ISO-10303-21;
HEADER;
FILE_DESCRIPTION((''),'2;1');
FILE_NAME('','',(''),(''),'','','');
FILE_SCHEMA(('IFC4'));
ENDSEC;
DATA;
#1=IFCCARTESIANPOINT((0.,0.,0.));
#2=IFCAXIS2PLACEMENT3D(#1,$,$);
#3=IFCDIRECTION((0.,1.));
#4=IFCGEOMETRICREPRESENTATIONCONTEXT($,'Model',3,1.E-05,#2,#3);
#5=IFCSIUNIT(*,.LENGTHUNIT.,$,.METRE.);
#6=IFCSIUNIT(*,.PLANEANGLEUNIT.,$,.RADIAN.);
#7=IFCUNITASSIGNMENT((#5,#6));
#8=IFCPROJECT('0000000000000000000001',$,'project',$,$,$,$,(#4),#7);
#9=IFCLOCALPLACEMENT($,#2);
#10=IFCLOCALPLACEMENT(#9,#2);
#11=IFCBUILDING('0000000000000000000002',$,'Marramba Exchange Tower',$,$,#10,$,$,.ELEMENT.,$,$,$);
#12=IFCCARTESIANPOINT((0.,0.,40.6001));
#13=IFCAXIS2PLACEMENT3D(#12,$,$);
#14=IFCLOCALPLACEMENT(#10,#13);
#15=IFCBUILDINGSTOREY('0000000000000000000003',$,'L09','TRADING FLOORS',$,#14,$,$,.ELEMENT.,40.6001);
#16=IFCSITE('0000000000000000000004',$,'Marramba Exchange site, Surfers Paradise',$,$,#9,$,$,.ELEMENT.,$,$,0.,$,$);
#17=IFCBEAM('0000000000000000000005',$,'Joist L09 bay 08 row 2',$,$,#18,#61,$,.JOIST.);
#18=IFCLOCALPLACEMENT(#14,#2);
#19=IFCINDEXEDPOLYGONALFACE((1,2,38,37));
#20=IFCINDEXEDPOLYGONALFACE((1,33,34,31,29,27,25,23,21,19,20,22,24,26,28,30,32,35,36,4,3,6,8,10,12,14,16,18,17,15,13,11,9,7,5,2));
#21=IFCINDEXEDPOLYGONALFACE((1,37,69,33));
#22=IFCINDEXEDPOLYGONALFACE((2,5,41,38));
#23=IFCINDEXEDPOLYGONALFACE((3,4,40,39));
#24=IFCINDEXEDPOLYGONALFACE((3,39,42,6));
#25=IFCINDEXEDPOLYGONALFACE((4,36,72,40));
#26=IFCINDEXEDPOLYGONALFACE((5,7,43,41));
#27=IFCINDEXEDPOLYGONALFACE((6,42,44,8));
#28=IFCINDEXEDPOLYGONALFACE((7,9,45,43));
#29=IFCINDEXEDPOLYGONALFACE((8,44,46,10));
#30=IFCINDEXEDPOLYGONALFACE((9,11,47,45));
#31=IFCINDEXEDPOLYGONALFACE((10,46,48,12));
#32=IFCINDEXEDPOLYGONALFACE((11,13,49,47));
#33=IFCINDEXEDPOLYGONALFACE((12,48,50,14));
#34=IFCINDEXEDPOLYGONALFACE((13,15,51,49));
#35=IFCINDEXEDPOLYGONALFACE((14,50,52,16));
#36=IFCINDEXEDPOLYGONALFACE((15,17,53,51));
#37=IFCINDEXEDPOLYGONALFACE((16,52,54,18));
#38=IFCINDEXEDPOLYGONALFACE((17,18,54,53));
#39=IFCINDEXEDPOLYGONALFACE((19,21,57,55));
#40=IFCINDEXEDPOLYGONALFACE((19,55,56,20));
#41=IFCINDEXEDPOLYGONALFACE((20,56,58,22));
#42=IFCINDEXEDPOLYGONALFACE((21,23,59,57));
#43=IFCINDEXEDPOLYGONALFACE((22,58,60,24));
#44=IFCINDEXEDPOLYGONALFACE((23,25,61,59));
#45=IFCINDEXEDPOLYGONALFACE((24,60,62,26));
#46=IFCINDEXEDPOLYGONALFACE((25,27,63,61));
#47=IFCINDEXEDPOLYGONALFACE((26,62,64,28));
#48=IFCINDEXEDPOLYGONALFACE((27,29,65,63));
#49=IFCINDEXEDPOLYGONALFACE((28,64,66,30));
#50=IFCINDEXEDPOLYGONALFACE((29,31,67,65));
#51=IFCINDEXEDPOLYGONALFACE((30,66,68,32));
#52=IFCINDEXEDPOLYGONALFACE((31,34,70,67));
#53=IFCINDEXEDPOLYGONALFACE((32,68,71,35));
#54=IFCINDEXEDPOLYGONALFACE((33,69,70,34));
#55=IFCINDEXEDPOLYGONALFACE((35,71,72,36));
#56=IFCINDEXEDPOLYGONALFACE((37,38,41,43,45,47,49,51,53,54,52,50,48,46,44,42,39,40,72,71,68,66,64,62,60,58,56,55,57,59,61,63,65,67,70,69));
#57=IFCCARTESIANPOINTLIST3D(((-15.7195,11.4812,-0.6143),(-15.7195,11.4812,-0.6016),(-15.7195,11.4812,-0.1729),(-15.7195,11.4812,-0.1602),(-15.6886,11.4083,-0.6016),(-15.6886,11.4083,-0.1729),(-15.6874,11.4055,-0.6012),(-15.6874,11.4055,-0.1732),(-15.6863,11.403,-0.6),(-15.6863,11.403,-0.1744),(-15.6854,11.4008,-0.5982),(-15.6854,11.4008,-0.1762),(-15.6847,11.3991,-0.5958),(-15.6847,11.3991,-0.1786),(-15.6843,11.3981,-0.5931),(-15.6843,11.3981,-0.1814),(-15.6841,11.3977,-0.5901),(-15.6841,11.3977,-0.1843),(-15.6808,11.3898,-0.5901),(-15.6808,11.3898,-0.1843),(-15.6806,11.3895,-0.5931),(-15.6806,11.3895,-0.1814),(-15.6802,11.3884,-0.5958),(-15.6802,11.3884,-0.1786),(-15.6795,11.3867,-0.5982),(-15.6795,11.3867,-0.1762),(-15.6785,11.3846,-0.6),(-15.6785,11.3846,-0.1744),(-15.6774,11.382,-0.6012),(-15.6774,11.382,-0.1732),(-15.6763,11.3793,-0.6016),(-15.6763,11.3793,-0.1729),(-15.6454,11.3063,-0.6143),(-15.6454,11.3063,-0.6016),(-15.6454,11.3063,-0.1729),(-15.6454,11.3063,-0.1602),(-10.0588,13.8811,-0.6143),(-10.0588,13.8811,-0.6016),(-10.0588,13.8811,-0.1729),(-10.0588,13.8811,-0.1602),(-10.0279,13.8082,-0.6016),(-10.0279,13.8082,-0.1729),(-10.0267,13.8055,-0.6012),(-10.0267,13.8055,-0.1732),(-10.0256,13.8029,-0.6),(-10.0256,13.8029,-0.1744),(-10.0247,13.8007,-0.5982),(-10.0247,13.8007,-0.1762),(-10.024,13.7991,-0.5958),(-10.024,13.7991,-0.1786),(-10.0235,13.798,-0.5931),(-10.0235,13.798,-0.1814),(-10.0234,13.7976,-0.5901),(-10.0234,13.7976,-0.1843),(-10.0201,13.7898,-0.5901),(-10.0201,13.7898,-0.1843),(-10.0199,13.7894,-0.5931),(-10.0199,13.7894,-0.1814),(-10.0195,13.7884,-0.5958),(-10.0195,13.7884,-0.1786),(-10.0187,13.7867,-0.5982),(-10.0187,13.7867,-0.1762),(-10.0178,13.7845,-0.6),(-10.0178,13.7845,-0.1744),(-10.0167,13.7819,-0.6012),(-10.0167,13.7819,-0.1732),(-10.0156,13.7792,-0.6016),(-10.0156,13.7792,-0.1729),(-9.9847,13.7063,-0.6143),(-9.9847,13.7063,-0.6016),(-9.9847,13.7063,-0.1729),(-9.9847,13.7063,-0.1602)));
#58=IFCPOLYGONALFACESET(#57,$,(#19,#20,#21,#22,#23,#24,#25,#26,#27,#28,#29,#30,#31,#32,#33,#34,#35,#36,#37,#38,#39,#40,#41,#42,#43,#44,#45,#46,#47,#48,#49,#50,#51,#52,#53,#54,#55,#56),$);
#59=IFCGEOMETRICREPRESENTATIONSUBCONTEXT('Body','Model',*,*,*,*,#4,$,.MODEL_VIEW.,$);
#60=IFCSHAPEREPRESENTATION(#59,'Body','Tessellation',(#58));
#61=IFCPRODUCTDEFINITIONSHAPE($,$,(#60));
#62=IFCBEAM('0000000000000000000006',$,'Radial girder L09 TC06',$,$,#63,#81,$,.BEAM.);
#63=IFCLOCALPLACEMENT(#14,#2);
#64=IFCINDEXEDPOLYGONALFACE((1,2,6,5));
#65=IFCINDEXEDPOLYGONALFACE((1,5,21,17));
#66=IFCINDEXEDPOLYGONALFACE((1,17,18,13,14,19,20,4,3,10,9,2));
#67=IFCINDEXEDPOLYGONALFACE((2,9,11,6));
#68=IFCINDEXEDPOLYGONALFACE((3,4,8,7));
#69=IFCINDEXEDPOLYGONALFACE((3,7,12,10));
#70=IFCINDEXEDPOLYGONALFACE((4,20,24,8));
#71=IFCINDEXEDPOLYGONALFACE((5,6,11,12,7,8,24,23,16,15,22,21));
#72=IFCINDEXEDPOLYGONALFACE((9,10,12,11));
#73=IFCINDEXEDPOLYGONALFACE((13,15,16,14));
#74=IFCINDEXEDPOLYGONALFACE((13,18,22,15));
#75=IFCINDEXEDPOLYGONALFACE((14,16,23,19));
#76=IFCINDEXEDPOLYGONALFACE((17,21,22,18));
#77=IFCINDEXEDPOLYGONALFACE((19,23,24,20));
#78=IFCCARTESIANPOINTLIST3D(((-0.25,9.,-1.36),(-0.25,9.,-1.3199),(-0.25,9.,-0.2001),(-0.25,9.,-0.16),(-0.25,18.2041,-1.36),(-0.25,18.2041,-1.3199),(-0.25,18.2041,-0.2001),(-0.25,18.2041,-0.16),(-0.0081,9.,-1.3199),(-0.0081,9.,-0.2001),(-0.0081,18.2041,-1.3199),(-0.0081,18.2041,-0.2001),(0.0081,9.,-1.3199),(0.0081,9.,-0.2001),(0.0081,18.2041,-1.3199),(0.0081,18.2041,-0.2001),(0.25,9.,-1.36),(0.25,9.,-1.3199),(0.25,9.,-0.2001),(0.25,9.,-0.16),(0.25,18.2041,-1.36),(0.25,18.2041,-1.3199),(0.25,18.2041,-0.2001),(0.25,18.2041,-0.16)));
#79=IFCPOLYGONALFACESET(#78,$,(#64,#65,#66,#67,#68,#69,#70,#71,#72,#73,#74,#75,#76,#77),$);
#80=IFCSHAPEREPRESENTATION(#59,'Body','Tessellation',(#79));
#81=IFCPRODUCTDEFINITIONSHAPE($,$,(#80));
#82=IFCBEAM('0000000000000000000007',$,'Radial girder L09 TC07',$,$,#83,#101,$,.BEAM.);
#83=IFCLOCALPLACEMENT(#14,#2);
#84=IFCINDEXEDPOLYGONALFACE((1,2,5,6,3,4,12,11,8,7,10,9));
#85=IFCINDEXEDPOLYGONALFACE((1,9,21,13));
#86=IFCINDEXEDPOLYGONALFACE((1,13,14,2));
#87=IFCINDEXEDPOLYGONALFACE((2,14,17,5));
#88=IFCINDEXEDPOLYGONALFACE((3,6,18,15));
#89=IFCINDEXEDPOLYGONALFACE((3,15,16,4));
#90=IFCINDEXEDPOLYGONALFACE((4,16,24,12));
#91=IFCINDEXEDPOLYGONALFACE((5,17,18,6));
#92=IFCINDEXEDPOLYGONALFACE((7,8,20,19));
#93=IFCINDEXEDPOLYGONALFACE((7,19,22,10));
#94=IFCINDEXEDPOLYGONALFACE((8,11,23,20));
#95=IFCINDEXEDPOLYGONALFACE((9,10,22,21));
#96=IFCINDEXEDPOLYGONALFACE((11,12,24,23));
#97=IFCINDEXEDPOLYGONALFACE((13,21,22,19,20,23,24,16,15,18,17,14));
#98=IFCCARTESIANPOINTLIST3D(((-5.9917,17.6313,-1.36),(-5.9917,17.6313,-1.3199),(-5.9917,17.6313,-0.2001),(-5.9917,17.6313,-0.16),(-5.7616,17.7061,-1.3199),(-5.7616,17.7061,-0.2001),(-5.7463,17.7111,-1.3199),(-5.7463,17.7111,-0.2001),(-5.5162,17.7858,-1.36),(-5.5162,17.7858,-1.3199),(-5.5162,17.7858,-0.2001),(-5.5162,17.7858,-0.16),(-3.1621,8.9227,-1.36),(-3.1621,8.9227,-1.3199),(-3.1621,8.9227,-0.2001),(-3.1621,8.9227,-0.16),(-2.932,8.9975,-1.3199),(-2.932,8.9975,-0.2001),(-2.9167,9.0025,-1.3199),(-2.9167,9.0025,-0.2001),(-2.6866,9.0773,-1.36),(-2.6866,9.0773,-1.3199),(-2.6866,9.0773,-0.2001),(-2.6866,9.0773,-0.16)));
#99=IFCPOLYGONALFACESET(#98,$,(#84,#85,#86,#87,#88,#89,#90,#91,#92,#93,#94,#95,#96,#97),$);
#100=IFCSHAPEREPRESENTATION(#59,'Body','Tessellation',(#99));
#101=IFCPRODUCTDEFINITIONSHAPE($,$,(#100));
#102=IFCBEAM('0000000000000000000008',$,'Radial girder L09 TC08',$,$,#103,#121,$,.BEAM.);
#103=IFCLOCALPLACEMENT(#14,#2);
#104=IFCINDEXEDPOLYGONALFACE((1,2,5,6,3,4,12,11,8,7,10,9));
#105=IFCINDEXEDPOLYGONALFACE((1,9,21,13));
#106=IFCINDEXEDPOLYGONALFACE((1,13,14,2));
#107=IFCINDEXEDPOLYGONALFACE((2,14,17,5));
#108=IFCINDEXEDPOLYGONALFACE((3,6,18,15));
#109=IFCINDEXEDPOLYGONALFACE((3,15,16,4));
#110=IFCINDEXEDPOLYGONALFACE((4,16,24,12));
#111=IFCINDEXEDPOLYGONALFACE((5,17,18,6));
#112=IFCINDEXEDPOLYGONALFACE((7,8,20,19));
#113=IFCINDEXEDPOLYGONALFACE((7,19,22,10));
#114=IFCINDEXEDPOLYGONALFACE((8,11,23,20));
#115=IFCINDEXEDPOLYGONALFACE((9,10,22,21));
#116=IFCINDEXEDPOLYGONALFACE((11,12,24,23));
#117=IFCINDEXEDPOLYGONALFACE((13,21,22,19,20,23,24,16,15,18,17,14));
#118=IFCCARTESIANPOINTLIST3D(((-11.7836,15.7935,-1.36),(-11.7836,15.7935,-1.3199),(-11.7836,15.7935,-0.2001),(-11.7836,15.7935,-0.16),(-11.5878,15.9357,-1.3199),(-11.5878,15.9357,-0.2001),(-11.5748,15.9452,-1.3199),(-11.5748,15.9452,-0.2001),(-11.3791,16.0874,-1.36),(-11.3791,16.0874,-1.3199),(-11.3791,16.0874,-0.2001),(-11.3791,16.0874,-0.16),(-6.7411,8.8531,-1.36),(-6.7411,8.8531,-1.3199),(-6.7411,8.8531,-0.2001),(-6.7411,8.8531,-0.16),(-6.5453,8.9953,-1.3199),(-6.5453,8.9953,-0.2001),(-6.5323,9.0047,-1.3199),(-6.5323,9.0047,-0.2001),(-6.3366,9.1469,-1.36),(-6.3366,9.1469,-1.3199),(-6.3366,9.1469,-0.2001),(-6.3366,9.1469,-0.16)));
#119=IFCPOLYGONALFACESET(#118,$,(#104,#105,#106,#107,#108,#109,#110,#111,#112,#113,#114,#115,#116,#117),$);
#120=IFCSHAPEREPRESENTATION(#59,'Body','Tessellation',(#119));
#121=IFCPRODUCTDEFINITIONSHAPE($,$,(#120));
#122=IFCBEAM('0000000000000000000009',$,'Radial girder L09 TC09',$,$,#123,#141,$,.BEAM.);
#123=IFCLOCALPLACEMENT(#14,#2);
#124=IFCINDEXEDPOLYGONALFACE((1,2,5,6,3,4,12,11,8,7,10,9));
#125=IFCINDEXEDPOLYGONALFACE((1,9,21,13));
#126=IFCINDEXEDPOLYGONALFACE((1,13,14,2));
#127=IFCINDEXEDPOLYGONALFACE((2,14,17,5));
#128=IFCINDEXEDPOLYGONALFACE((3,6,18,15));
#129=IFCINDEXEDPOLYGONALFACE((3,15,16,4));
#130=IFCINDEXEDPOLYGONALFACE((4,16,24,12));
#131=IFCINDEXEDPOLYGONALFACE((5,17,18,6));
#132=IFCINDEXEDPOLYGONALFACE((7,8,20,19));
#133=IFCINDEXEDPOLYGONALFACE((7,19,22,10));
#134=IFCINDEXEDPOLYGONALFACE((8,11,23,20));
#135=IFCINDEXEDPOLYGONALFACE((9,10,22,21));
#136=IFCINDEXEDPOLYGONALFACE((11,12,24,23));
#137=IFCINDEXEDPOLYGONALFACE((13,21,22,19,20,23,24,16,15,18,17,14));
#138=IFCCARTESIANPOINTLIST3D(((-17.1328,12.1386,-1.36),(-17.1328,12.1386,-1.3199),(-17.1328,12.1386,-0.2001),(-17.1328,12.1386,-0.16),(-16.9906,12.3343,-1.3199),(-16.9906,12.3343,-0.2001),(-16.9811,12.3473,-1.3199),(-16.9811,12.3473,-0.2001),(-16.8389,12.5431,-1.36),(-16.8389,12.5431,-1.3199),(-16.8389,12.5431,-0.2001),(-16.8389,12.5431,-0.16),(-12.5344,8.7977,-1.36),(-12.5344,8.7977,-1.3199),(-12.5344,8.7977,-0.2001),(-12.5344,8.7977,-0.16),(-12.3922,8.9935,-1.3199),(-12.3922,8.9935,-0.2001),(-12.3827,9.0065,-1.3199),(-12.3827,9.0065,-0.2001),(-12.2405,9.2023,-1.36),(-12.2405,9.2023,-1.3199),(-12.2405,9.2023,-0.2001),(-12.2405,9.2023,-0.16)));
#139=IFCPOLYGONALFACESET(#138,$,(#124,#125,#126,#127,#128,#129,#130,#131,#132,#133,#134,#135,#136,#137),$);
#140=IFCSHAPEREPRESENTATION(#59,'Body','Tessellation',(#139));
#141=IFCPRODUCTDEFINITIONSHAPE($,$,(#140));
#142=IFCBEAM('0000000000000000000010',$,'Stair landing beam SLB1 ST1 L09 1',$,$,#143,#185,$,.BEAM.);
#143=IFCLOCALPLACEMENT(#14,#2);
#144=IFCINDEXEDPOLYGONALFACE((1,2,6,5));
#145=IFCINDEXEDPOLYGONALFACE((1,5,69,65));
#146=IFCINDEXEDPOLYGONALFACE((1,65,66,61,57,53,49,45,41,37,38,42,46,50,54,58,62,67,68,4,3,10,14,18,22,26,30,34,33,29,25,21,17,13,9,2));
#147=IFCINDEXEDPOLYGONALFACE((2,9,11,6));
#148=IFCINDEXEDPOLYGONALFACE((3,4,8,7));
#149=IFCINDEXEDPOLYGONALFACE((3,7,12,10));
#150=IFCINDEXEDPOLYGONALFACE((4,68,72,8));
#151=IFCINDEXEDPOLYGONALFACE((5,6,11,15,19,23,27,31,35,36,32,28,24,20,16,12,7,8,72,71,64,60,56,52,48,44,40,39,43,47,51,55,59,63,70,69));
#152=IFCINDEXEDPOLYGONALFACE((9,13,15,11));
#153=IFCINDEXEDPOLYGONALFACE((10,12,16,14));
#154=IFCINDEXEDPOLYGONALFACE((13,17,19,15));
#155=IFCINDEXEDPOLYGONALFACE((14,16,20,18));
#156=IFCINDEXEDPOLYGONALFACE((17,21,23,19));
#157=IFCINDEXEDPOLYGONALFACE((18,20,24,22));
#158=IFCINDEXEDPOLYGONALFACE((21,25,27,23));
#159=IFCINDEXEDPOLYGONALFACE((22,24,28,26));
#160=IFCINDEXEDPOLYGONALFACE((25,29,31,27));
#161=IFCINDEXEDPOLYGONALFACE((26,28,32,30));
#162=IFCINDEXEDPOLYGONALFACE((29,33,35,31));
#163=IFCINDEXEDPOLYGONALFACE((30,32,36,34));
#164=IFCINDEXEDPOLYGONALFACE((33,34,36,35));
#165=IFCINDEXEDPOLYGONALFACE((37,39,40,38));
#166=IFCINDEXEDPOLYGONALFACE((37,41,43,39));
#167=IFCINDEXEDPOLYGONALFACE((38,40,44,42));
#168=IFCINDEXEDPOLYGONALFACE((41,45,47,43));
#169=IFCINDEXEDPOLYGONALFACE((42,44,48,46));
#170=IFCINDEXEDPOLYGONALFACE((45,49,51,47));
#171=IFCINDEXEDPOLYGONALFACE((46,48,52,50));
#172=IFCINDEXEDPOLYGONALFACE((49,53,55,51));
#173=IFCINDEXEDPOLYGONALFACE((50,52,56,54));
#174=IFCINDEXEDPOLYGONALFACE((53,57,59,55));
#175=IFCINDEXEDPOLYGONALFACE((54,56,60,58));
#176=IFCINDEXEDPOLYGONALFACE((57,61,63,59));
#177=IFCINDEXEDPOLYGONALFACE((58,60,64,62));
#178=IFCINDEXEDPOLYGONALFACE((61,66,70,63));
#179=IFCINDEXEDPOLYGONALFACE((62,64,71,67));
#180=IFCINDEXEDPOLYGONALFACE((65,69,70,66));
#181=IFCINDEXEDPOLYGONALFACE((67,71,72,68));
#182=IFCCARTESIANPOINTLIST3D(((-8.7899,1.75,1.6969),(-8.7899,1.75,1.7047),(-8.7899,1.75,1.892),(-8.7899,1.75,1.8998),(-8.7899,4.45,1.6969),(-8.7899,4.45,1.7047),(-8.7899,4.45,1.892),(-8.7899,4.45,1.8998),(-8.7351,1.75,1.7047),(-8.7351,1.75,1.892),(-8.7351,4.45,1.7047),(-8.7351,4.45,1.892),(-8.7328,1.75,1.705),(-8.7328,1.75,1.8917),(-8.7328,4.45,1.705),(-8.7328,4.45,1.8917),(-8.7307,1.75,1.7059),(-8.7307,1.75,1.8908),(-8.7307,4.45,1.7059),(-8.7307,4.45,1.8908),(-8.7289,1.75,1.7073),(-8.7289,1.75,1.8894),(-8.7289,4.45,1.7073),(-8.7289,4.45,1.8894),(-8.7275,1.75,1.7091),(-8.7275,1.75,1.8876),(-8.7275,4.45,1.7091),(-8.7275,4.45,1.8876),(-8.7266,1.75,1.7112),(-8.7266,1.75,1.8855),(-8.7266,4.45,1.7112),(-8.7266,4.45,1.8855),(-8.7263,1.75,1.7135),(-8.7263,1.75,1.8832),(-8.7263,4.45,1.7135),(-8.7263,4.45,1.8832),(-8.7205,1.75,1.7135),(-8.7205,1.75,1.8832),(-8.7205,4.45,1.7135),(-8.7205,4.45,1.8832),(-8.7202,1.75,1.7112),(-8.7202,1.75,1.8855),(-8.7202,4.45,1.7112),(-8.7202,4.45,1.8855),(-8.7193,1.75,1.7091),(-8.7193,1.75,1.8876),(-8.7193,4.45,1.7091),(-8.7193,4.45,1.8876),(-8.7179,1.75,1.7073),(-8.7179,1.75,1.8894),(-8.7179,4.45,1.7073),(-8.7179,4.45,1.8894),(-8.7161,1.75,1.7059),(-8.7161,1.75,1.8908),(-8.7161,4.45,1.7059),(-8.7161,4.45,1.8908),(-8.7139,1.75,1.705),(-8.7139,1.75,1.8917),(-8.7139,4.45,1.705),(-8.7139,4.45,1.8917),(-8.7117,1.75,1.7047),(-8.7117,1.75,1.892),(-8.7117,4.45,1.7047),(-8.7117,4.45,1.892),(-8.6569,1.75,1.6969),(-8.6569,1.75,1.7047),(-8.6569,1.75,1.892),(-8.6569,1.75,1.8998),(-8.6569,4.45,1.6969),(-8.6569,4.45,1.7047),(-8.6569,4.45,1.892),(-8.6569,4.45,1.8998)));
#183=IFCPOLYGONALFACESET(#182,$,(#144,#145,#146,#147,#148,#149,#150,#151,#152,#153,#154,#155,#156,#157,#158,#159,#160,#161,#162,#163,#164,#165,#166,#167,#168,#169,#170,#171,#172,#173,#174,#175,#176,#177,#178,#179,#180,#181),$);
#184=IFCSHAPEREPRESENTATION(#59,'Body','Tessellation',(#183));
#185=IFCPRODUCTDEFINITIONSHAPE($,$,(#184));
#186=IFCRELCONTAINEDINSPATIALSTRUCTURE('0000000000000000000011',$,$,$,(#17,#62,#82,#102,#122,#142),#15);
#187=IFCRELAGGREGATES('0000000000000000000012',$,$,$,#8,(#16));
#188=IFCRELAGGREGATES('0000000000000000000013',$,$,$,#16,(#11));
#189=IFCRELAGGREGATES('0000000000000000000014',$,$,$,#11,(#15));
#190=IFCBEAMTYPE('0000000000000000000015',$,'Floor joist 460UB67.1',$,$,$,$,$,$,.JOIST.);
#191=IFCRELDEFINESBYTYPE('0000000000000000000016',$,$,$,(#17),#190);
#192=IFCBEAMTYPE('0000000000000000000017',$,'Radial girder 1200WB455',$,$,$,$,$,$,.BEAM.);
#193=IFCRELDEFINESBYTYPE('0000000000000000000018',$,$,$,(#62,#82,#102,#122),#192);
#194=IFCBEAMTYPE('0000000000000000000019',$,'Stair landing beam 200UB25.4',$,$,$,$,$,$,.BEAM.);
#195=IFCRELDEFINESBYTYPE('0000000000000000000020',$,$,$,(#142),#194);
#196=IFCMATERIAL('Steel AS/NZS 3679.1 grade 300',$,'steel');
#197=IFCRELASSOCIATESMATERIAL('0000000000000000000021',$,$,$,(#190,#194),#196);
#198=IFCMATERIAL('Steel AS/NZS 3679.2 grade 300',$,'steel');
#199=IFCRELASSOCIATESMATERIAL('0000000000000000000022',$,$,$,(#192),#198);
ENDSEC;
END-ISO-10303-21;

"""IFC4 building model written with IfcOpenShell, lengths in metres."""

from ifc_helpers import new_model, si_unit, direction, frame, origin, origin_2d, place, context, subcontext, project, spatial, i_section, extrude, material, material_profile, profile_set, type_object, element, save


model = new_model("IFC4")

# Units and contexts
model_context = context("Model", 3, precision=1e-05, world=origin(), true_north=direction((0.0, 1.0)))
body_context = subcontext(model_context, "Body", "Model", "MODEL_VIEW")
ifc_project = project(units=[si_unit("LENGTHUNIT", "METRE"), si_unit("PLANEANGLEUNIT", "RADIAN")], contexts=[model_context])

# Site, building, storey
site_placement = place(None, origin())
site = spatial("IfcSite", under=ifc_project, at=site_placement, Name="Marramba Exchange site, Surfers Paradise", CompositionType="ELEMENT", RefElevation=0.0)
building_placement = place(site_placement, origin())
building = spatial("IfcBuilding", under=site, at=building_placement, Name="Marramba Exchange Tower", CompositionType="ELEMENT")
storey_placement = place(building_placement, frame((0.0, 0.0, 40.6001)))
storey = spatial("IfcBuildingStorey", under=building, at=storey_placement, Name="L09", Description="TRADING FLOORS", CompositionType="ELEMENT", Elevation=40.6001)

# Beams
ifc_material_1 = material(Name="Steel AS/NZS 3679.1 grade 300", Category="steel")
ifc_material_profile_1 = material_profile(ifc_material_1, i_section(OverallWidth=0.1899, OverallDepth=0.4541, WebThickness=0.0085, FlangeThickness=0.0127, FilletRadius=0.0115, at=origin_2d()), Name="460UB67.1")
ifc_profile_set_1 = profile_set([ifc_material_profile_1], Name="Steel AS/NZS 3679.1 grade 300")
beam_type_1 = type_object("IfcBeamType", Name="Floor joist 460UB67.1", PredefinedType="JOIST", material=ifc_profile_set_1)
beam_1_placement = place(storey_placement, frame((-10.0217, 13.7937, -0.3872), z_axis=(-0.920674, -0.390332, 0.0), x_axis=(0.390332, -0.920674, 0.0)))
element("IfcBeam", 1, at=beam_1_placement, inside=storey, type_object=beam_type_1, Name="Joist L09 bay 08 row 2", PredefinedType="JOIST", context=body_context, shape_type="SweptSolid", body=[
    extrude(i_section(OverallWidth=0.1899, OverallDepth=0.4541, WebThickness=0.0085, FlangeThickness=0.0127, FilletRadius=0.0115, at=origin_2d()), origin(), (0.0, 0.0, 1.0), 6.1484),
])
ifc_material_2 = material(Name="Steel AS/NZS 3679.2 grade 300", Category="steel")
ifc_material_profile_2 = material_profile(ifc_material_2, i_section(OverallWidth=0.5, OverallDepth=1.2, WebThickness=0.0161, FlangeThickness=0.04, at=origin_2d()), Name="1200WB455")
ifc_profile_set_2 = profile_set([ifc_material_profile_2], Name="Steel AS/NZS 3679.2 grade 300")
beam_type_2 = type_object("IfcBeamType", Name="Radial girder 1200WB455", PredefinedType="BEAM", material=ifc_profile_set_2)
beam_2_placement = place(storey_placement, frame((0.0, 9.0, -0.76), z_axis=(0.0, 1.0, 0.0), x_axis=(-1.0, 0.0, 0.0)))
element("IfcBeam", 2, at=beam_2_placement, inside=storey, type_object=beam_type_2, Name="Radial girder L09 TC06", PredefinedType="BEAM", context=body_context, shape_type="SweptSolid", body=[
    extrude(i_section(OverallWidth=0.5, OverallDepth=1.2, WebThickness=0.0161, FlangeThickness=0.04, at=origin_2d()), origin(), (0.0, 0.0, 1.0), 9.2041),
])
beam_3_placement = place(storey_placement, frame((-2.9243, 9.0, -0.76), z_axis=(-0.30902, 0.951056, 0.0), x_axis=(-0.951056, -0.30902, 0.0)))
element("IfcBeam", 3, at=beam_3_placement, inside=storey, type_object=beam_type_2, Name="Radial girder L09 TC07", PredefinedType="BEAM", context=body_context, shape_type="SweptSolid", body=[
    extrude(i_section(OverallWidth=0.5, OverallDepth=1.2, WebThickness=0.0161, FlangeThickness=0.04, at=origin_2d()), origin(), (0.0, 0.0, 1.0), 9.1567),
])
beam_4_placement = place(storey_placement, frame((-6.5388, 9.0, -0.76), z_axis=(-0.587782, 0.809019, 0.0), x_axis=(-0.809019, -0.587782, 0.0)))
element("IfcBeam", 4, at=beam_4_placement, inside=storey, type_object=beam_type_2, Name="Radial girder L09 TC08", PredefinedType="BEAM", context=body_context, shape_type="SweptSolid", body=[
    extrude(i_section(OverallWidth=0.5, OverallDepth=1.2, WebThickness=0.0161, FlangeThickness=0.04, at=origin_2d()), origin(), (0.0, 0.0, 1.0), 8.5789),
])
beam_5_placement = place(storey_placement, frame((-12.3875, 9.0, -0.76), z_axis=(-0.809026, 0.587773, 0.0), x_axis=(-0.587773, -0.809026, 0.0)))
element("IfcBeam", 5, at=beam_5_placement, inside=storey, type_object=beam_type_2, Name="Radial girder L09 TC09", PredefinedType="BEAM", context=body_context, shape_type="SweptSolid", body=[
    extrude(i_section(OverallWidth=0.5, OverallDepth=1.2, WebThickness=0.0161, FlangeThickness=0.04, at=origin_2d()), origin(), (0.0, 0.0, 1.0), 5.6838),
])
ifc_material_profile_3 = material_profile(ifc_material_1, i_section(OverallWidth=0.1331, OverallDepth=0.2029, WebThickness=0.0059, FlangeThickness=0.0078, FilletRadius=0.0088, at=origin_2d()), Name="200UB25.4")
ifc_profile_set_3 = profile_set([ifc_material_profile_3], Name="Steel AS/NZS 3679.1 grade 300")
beam_type_3 = type_object("IfcBeamType", Name="Stair landing beam 200UB25.4", PredefinedType="BEAM", material=ifc_profile_set_3)
for number, where, z_axis, x_axis, name in (
    (6, (-8.7234, 1.75, 1.7983), (0.0, 1.0, 0.0), (-1.0, 0.0, 0.0), "Stair landing beam SLB1 ST1 L09 1"),
):
    element("IfcBeam", number, at=place(storey_placement, frame(where, z_axis=z_axis, x_axis=x_axis)), inside=storey, type_object=beam_type_3, Name=name, PredefinedType="BEAM", context=body_context, shape_type="SweptSolid", body=[
        extrude(i_section(OverallWidth=0.1331, OverallDepth=0.2029, WebThickness=0.0059, FlangeThickness=0.0078, FilletRadius=0.0088, at=origin_2d()), origin(), (0.0, 0.0, 1.0), 2.7),
    ])

save(model, "model.ifc")
